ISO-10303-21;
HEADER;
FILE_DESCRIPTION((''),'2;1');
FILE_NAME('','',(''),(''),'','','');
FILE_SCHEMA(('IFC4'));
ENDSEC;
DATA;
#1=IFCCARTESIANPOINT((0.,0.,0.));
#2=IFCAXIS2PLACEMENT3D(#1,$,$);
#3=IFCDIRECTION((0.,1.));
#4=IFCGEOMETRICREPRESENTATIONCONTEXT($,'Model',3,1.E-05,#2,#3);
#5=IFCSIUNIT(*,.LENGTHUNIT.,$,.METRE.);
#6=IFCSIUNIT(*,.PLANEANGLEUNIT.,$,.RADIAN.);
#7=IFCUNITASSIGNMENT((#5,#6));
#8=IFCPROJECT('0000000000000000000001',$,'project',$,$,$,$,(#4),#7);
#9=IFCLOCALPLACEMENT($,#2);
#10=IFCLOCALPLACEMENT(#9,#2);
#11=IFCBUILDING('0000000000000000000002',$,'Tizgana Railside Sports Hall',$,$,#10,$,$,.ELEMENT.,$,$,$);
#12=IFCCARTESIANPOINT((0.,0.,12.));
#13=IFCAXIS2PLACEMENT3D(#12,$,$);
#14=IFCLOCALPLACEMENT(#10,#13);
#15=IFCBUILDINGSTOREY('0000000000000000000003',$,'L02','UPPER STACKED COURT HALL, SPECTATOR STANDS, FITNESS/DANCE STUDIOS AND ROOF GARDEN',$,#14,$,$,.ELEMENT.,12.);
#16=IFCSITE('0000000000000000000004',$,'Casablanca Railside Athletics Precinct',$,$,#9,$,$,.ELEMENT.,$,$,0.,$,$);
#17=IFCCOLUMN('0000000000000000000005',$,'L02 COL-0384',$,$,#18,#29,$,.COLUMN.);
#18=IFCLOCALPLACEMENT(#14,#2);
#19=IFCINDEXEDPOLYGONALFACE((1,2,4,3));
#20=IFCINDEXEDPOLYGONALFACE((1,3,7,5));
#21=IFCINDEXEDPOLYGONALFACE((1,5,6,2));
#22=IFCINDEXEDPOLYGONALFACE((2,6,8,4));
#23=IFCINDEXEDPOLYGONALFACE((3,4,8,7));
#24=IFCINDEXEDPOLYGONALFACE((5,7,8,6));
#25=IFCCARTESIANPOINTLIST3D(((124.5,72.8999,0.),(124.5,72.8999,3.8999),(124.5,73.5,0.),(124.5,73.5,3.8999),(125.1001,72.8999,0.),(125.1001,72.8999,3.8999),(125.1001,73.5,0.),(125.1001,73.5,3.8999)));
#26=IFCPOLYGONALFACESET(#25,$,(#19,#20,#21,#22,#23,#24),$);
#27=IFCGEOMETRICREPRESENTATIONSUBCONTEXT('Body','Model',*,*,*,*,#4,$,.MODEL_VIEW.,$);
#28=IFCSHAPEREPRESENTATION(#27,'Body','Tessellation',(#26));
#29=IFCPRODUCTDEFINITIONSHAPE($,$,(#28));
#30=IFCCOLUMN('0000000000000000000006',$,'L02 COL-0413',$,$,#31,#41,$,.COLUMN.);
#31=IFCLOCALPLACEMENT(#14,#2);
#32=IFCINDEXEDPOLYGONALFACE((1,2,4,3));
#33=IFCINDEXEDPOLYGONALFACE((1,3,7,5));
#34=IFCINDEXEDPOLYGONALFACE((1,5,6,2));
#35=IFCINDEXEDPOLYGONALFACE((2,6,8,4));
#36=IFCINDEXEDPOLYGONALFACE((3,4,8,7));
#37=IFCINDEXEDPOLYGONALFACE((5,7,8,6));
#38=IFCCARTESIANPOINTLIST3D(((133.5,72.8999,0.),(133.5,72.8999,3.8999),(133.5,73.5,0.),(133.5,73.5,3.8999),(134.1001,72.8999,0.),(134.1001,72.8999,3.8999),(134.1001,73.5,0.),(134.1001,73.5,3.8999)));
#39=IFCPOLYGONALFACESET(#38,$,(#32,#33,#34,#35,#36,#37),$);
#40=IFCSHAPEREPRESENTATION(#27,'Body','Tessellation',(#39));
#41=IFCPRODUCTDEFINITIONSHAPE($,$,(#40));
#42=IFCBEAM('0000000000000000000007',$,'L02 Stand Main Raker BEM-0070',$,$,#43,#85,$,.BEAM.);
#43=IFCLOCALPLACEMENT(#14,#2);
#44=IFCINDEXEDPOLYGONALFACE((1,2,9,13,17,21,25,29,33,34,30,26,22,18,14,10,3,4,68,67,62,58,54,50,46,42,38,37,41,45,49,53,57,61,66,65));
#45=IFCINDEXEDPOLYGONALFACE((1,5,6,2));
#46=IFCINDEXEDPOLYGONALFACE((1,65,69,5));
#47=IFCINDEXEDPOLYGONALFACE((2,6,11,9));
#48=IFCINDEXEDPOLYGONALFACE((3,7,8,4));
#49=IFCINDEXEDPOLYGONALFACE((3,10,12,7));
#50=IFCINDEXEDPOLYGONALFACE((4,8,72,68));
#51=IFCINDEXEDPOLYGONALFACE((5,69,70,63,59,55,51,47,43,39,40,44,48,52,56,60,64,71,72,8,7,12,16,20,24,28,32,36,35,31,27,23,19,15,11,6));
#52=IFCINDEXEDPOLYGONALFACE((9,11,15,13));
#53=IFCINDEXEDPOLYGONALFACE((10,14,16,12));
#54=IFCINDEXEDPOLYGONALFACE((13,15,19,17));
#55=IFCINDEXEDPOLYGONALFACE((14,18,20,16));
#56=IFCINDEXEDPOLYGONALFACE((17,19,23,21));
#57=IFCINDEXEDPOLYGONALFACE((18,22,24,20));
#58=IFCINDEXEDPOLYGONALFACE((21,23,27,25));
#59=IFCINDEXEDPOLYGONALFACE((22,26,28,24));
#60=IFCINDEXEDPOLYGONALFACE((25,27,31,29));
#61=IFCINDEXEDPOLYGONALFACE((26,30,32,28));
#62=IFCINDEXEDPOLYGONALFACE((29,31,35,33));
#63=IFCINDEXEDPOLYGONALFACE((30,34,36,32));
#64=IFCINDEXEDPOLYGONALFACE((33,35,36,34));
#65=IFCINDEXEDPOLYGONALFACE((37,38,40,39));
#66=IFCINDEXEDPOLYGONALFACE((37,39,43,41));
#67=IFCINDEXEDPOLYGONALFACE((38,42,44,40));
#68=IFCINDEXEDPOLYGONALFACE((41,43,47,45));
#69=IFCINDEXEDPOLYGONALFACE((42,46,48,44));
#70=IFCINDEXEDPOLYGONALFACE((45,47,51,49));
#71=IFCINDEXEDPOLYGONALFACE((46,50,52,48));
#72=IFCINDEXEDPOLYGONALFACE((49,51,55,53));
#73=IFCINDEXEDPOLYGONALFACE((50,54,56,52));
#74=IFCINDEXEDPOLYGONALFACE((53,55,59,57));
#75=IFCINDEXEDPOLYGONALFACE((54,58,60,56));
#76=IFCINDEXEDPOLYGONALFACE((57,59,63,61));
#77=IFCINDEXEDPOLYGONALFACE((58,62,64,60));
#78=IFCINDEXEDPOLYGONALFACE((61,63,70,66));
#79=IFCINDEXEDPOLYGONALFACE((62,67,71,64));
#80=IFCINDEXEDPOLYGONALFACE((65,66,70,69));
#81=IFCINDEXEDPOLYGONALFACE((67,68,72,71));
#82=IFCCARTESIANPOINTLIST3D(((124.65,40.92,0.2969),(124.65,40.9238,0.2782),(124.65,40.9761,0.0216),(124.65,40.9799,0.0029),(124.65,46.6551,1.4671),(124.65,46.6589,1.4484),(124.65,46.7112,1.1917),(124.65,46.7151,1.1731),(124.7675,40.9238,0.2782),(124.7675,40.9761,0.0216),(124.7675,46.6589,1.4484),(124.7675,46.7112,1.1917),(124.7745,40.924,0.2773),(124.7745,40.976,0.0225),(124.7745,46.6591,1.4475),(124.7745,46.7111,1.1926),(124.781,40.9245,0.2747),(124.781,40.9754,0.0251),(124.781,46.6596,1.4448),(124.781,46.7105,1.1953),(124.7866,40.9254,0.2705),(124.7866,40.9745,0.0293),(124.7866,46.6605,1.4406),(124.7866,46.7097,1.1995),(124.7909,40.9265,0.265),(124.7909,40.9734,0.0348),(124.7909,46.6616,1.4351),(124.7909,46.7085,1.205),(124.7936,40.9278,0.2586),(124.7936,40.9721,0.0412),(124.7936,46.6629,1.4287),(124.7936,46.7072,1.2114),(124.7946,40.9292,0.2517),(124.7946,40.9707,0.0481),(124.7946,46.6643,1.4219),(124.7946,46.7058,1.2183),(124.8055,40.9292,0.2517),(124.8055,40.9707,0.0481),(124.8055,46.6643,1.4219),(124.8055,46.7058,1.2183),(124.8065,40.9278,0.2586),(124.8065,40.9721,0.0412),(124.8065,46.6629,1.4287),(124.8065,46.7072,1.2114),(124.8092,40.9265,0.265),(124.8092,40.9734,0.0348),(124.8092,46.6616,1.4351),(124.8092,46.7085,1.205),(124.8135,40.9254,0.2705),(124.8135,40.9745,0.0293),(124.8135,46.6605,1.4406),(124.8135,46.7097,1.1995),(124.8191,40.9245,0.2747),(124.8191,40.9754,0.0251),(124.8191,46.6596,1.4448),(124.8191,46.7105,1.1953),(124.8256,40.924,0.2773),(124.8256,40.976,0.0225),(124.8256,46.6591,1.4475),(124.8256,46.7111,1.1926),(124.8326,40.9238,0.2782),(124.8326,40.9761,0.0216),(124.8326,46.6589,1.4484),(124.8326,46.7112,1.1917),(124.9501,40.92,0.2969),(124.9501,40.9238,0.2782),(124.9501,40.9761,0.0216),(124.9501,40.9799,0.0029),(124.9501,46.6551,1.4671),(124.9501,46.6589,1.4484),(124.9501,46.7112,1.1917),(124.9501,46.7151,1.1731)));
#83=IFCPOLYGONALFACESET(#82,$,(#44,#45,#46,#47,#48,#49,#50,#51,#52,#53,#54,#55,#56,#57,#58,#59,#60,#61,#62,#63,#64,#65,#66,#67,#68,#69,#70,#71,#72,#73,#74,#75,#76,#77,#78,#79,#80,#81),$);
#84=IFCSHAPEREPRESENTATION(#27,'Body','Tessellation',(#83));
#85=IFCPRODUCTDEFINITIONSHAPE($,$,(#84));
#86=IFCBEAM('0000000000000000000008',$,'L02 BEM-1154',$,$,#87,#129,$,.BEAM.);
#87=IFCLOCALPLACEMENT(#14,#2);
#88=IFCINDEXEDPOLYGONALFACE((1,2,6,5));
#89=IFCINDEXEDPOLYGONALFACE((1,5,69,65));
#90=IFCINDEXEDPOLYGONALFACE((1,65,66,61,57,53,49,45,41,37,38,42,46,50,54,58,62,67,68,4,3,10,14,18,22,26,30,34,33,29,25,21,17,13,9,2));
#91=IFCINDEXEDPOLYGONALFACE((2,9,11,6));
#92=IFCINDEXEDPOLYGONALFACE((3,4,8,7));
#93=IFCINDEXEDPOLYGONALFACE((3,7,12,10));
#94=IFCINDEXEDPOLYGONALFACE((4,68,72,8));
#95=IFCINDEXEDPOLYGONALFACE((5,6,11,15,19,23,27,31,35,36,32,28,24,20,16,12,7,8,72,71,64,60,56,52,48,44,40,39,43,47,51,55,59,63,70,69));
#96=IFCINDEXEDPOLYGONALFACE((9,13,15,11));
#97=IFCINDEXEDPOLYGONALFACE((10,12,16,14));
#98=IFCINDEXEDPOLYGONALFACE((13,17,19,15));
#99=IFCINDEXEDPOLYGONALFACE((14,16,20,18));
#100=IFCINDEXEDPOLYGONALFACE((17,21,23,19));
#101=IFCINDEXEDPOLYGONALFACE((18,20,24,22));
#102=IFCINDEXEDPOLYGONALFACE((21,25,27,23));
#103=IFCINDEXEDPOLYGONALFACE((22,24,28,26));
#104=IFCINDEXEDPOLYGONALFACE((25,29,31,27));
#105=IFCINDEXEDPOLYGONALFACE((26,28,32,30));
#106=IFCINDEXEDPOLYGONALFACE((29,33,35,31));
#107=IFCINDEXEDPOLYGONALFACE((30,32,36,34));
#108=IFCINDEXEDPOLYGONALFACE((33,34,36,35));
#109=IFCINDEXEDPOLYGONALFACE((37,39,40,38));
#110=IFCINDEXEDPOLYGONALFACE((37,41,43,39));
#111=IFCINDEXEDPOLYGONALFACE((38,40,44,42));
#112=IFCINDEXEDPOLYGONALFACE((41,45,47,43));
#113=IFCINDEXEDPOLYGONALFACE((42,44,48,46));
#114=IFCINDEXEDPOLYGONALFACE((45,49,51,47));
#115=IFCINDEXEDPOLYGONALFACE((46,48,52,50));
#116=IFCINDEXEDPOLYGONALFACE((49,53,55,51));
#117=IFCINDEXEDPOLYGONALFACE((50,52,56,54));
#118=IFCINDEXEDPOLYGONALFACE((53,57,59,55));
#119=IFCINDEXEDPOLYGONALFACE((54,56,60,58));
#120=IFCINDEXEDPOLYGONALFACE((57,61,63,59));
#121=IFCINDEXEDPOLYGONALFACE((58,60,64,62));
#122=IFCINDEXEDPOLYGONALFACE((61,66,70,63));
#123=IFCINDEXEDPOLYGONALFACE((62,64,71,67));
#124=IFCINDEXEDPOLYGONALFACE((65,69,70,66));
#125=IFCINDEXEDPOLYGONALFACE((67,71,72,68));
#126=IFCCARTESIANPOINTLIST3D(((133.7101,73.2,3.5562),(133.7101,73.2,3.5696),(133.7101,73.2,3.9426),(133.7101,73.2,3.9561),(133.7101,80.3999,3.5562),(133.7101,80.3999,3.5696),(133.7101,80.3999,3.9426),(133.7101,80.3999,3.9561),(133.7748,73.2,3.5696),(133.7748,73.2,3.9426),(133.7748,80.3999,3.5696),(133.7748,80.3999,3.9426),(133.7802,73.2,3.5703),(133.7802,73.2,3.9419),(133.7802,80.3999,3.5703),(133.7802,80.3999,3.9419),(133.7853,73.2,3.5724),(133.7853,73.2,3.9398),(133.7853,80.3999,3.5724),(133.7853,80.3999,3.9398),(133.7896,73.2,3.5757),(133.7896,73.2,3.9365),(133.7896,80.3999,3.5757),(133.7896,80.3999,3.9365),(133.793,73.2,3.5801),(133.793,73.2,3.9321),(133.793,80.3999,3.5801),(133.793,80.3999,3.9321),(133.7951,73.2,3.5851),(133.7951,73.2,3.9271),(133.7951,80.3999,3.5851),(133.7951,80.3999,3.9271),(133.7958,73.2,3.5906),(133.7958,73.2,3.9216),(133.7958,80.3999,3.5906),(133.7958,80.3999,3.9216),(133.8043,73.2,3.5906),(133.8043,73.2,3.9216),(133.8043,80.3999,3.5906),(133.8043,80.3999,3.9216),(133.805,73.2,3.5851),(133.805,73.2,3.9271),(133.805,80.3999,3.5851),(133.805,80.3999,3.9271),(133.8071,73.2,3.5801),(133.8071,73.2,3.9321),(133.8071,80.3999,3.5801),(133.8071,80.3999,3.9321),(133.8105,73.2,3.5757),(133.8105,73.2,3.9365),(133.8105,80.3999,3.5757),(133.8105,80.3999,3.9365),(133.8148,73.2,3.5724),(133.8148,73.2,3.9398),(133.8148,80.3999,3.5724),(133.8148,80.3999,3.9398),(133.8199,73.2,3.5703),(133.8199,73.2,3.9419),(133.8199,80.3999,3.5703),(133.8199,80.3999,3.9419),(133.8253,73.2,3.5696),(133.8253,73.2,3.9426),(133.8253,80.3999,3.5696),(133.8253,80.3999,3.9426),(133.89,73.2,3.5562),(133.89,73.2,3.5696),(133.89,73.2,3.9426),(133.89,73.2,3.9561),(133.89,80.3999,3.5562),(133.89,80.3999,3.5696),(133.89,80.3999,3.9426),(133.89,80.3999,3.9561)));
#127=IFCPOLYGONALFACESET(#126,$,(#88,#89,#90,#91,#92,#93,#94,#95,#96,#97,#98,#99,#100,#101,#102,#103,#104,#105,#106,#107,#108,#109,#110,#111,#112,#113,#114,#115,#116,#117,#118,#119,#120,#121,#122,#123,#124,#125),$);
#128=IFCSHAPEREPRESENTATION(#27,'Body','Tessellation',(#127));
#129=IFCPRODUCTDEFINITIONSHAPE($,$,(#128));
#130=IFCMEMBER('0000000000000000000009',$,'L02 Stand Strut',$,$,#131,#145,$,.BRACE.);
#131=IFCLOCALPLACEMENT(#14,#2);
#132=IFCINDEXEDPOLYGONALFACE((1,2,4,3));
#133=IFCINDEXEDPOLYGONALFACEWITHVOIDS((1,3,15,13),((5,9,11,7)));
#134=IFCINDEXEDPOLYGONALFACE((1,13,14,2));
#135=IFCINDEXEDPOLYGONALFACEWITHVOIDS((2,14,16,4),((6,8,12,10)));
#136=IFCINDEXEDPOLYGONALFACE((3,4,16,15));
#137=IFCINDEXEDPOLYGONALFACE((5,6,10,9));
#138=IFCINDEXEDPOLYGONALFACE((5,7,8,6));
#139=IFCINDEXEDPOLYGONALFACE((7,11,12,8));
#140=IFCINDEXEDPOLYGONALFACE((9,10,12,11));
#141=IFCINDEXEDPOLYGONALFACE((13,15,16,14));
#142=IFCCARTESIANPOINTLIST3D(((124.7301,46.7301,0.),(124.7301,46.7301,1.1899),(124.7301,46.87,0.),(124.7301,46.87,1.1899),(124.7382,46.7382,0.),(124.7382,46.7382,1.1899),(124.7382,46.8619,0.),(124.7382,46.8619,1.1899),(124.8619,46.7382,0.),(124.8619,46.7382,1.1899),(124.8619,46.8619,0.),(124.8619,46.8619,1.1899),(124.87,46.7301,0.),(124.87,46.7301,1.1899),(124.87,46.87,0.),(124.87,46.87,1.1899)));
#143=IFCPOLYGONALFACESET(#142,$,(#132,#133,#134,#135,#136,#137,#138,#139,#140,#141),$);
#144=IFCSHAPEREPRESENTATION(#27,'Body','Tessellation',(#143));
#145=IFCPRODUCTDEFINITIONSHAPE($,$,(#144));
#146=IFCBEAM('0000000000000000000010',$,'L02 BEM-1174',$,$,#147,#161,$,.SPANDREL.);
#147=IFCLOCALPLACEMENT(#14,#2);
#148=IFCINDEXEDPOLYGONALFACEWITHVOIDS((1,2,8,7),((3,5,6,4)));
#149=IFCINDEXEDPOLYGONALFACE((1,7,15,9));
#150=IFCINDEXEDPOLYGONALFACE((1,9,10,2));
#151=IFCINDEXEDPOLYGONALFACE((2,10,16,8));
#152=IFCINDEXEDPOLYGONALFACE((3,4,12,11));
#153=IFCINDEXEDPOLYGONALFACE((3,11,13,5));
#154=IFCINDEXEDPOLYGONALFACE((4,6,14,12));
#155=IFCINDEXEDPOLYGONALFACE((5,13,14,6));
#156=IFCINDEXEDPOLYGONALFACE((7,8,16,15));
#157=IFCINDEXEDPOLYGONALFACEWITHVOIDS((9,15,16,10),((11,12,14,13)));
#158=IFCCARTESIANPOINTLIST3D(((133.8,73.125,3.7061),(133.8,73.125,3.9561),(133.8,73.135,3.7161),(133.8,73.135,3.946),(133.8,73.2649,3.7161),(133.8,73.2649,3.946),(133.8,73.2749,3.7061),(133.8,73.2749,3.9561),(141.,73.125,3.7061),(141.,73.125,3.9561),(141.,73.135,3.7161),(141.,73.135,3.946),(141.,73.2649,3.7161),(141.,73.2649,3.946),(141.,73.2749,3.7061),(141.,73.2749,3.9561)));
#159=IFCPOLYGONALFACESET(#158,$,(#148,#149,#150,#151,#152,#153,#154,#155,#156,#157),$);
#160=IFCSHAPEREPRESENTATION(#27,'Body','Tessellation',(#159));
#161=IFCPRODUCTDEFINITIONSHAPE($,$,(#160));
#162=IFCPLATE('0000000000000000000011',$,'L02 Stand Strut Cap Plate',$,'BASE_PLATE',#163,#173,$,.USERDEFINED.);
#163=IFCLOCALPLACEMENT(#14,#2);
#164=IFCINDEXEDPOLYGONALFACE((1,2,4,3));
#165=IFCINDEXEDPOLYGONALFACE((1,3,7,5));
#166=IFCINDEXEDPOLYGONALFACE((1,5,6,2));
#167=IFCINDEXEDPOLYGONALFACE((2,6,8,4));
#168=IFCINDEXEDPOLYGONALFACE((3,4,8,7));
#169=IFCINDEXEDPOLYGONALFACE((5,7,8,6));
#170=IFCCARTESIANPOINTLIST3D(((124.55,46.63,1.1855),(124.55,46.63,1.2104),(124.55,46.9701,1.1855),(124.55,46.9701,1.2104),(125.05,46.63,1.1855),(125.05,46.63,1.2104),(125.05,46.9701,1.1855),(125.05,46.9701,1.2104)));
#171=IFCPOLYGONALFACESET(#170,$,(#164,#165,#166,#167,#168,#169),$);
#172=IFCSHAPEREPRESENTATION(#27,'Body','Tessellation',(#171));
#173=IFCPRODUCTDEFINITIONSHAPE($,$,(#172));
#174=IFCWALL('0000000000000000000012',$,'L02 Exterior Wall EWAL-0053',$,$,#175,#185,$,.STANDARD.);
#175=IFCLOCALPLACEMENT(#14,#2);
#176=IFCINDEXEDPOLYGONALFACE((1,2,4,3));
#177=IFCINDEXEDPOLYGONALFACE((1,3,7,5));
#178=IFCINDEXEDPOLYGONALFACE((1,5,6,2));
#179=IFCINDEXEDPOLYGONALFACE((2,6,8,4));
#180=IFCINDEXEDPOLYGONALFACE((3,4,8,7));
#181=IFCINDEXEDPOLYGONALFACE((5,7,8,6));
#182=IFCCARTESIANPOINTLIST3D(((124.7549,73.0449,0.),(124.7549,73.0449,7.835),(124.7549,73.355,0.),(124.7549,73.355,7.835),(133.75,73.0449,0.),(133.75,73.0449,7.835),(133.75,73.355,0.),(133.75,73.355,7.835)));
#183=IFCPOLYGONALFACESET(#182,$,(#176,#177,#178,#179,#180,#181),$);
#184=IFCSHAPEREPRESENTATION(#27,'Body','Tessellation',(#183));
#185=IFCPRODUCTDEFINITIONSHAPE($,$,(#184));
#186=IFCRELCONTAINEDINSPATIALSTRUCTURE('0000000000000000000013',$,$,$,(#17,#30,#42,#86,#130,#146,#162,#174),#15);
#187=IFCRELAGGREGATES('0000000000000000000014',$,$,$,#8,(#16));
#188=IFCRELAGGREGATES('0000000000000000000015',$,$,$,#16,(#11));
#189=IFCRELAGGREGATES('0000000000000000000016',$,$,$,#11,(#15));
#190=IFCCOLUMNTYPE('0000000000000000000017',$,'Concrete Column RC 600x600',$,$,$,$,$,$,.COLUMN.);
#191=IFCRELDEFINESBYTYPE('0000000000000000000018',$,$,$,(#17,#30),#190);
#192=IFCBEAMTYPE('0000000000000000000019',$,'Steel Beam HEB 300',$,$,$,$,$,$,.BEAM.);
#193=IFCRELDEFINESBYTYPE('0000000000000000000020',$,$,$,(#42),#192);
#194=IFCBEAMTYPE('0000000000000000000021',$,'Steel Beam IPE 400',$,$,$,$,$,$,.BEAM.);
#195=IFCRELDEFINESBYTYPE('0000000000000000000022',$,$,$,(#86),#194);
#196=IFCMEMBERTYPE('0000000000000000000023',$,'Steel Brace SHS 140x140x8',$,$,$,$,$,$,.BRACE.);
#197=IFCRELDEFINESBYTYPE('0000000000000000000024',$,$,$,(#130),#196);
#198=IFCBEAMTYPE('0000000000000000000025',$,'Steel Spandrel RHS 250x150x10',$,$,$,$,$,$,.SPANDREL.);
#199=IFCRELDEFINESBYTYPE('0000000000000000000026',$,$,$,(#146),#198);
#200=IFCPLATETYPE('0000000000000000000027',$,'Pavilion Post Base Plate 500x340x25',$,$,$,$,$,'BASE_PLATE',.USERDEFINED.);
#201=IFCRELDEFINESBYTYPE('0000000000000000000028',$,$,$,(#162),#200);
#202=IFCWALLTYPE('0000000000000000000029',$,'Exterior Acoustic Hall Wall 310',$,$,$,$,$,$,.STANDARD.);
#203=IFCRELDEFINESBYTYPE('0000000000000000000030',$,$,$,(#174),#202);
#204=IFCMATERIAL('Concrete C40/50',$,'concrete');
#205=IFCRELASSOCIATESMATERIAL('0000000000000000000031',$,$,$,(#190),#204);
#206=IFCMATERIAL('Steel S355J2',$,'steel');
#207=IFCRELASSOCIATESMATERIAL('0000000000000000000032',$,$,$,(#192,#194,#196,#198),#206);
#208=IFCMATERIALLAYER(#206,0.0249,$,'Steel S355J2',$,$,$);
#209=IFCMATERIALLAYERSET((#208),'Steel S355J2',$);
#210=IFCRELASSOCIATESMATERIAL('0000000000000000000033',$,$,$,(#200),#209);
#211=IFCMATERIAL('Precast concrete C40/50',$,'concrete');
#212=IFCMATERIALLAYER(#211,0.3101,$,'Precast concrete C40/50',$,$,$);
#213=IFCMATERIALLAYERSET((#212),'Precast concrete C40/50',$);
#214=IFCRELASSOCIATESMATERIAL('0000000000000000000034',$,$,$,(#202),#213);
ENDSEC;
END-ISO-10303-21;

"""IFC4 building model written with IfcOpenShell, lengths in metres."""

from ifc_helpers import new_model, si_unit, direction, frame, frame_2d, origin, origin_2d, place, context, subcontext, project, spatial, rectangle, hollow_rectangle, i_section, extrude, material, layer, layer_set, material_profile, profile_set, type_object, element, save


model = new_model("IFC4")

# Units and contexts
model_context = context("Model", 3, precision=1e-05, world=origin(), true_north=direction((0.0, 1.0)))
body_context = subcontext(model_context, "Body", "Model", "MODEL_VIEW")
ifc_project = project(units=[si_unit("LENGTHUNIT", "METRE"), si_unit("PLANEANGLEUNIT", "RADIAN")], contexts=[model_context])

# Site, building, storey
site_placement = place(None, origin())
site = spatial("IfcSite", under=ifc_project, at=site_placement, Name="Casablanca Railside Athletics Precinct", CompositionType="ELEMENT", RefElevation=0.0)
building_placement = place(site_placement, origin())
building = spatial("IfcBuilding", under=site, at=building_placement, Name="Tizgana Railside Sports Hall", CompositionType="ELEMENT")
storey_placement = place(building_placement, frame((0.0, 0.0, 12.0)))
storey = spatial("IfcBuildingStorey", under=building, at=storey_placement, Name="L02", Description="UPPER STACKED COURT HALL, SPECTATOR STANDS, FITNESS/DANCE STUDIOS AND ROOF GARDEN", CompositionType="ELEMENT", Elevation=12.0)

# Columns
ifc_material_1 = material(Name="Concrete C40/50", Category="concrete")
ifc_material_profile_1 = material_profile(ifc_material_1, rectangle(XDim=0.6001, YDim=0.6001, at=origin_2d()), Name="RC 600x600")
ifc_profile_set_1 = profile_set([ifc_material_profile_1], Name="Concrete C40/50")
column_type = type_object("IfcColumnType", Name="Concrete Column RC 600x600", PredefinedType="COLUMN", material=ifc_profile_set_1)
for number, where, z_axis, x_axis, name in (
    (1, (124.8, 73.2, 0.0), (0.0, 0.0, 1.0), (1.0, 0.0, 0.0), "L02 COL-0384"),
    (2, (133.8, 73.2, 0.0), (0.0, 0.0, 1.0), (1.0, 0.0, 0.0), "L02 COL-0413"),
):
    element("IfcColumn", number, at=place(storey_placement, frame(where, z_axis=z_axis, x_axis=x_axis)), inside=storey, type_object=column_type, Name=name, PredefinedType="COLUMN", context=body_context, shape_type="SweptSolid", body=[
        extrude(rectangle(XDim=0.6001, YDim=0.6001, at=origin_2d()), origin(), (0.0, 0.0, 1.0), 3.8999),
    ])

# Beams
ifc_material_2 = material(Name="Steel S355J2", Category="steel")
ifc_material_profile_2 = material_profile(ifc_material_2, i_section(OverallWidth=0.3, OverallDepth=0.3, WebThickness=0.011, FlangeThickness=0.019, FilletRadius=0.0271, at=origin_2d()), Name="HEB 300")
ifc_profile_set_2 = profile_set([ifc_material_profile_2], Name="Steel S355J2")
beam_type_1 = type_object("IfcBeamType", Name="Steel Beam HEB 300", PredefinedType="BEAM", material=ifc_profile_set_2)
beam_1_placement = place(storey_placement, frame((124.8, 40.95, 0.1499), z_axis=(0.0, 0.979813, 0.199917), x_axis=(-1.0, 0.0, 0.0)))
element("IfcBeam", 3, at=beam_1_placement, inside=storey, type_object=beam_type_1, Name="L02 Stand Main Raker BEM-0070", PredefinedType="BEAM", context=body_context, shape_type="SweptSolid", body=[
    extrude(i_section(OverallWidth=0.3, OverallDepth=0.3, WebThickness=0.011, FlangeThickness=0.019, FilletRadius=0.0271, at=origin_2d()), origin(), (0.0, 0.0, 1.0), 5.8533),
])
ifc_material_profile_3 = material_profile(ifc_material_2, i_section(OverallWidth=0.1799, OverallDepth=0.3999, WebThickness=0.0085, FlangeThickness=0.0134, FilletRadius=0.021, at=origin_2d()), Name="IPE 400")
ifc_profile_set_3 = profile_set([ifc_material_profile_3], Name="Steel S355J2")
beam_type_2 = type_object("IfcBeamType", Name="Steel Beam IPE 400", PredefinedType="BEAM", material=ifc_profile_set_3)
beam_2_placement = place(storey_placement, frame((133.8, 73.2, 3.7561), z_axis=(0.0, 1.0, 0.0), x_axis=(-1.0, 0.0, 0.0)))
element("IfcBeam", 4, at=beam_2_placement, inside=storey, type_object=beam_type_2, Name="L02 BEM-1154", PredefinedType="BEAM", context=body_context, shape_type="SweptSolid", body=[
    extrude(i_section(OverallWidth=0.1799, OverallDepth=0.3999, WebThickness=0.0085, FlangeThickness=0.0134, FilletRadius=0.021, at=origin_2d()), origin(), (0.0, 0.0, 1.0), 7.2),
])

# Member
ifc_material_profile_4 = material_profile(ifc_material_2, hollow_rectangle(XDim=0.1399, YDim=0.1399, WallThickness=0.0081, at=origin_2d()), Name="SHS 140x140x8")
ifc_profile_set_4 = profile_set([ifc_material_profile_4], Name="Steel S355J2")
member_type = type_object("IfcMemberType", Name="Steel Brace SHS 140x140x8", PredefinedType="BRACE", material=ifc_profile_set_4)
member_placement = place(storey_placement, frame((124.8, 46.8, 0.0), z_axis=(0.0, 0.0, 1.0), x_axis=(1.0, 0.0, 0.0)))
element("IfcMember", 5, at=member_placement, inside=storey, type_object=member_type, Name="L02 Stand Strut", PredefinedType="BRACE", context=body_context, shape_type="SweptSolid", body=[
    extrude(hollow_rectangle(XDim=0.1399, YDim=0.1399, WallThickness=0.0081, at=origin_2d()), origin(), (0.0, 0.0, 1.0), 1.1899),
])

# Beam
ifc_material_profile_5 = material_profile(ifc_material_2, hollow_rectangle(XDim=0.1499, YDim=0.25, WallThickness=0.01, at=origin_2d()), Name="RHS 250x150x10")
ifc_profile_set_5 = profile_set([ifc_material_profile_5], Name="Steel S355J2")
beam_type_3 = type_object("IfcBeamType", Name="Steel Spandrel RHS 250x150x10", PredefinedType="SPANDREL", material=ifc_profile_set_5)
beam_3_placement = place(storey_placement, frame((133.8, 73.2, 3.8311), z_axis=(1.0, 0.0, 0.0), x_axis=(0.0, 1.0, 0.0)))
element("IfcBeam", 6, at=beam_3_placement, inside=storey, type_object=beam_type_3, Name="L02 BEM-1174", PredefinedType="SPANDREL", context=body_context, shape_type="SweptSolid", body=[
    extrude(hollow_rectangle(XDim=0.1499, YDim=0.25, WallThickness=0.01, at=origin_2d()), origin(), (0.0, 0.0, 1.0), 7.2),
])

# Plate
ifc_layer_1 = layer(ifc_material_2, 0.0249, Name="Steel S355J2")
ifc_layer_set_1 = layer_set([ifc_layer_1], Name="Steel S355J2")
plate_type = type_object("IfcPlateType", Name="Pavilion Post Base Plate 500x340x25", ElementType="BASE_PLATE", PredefinedType="USERDEFINED", material=ifc_layer_set_1)
plate_placement = place(storey_placement, frame((124.8, 46.8, 1.1855), z_axis=(0.0, 0.0, 1.0), x_axis=(1.0, 0.0, 0.0)))
element("IfcPlate", 7, at=plate_placement, inside=storey, type_object=plate_type, Name="L02 Stand Strut Cap Plate", ObjectType="BASE_PLATE", PredefinedType="USERDEFINED", context=body_context, shape_type="SweptSolid", body=[
    extrude(rectangle(XDim=0.5, YDim=0.3401, at=origin_2d()), origin(), (0.0, 0.0, 1.0), 0.0249),
])

# Wall
ifc_material_3 = material(Name="Precast concrete C40/50", Category="concrete")
ifc_layer_2 = layer(ifc_material_3, 0.3101, Name="Precast concrete C40/50")
ifc_layer_set_2 = layer_set([ifc_layer_2], Name="Precast concrete C40/50")
wall_type_1 = type_object("IfcWallType", Name="Exterior Acoustic Hall Wall 310", PredefinedType="STANDARD", material=ifc_layer_set_2)
wall_1_placement = place(storey_placement, frame((124.7549, 73.2, 0.0), z_axis=(0.0, 0.0, 1.0), x_axis=(1.0, 0.0, 0.0)))
element("IfcWall", 8, at=wall_1_placement, inside=storey, type_object=wall_type_1, Name="L02 Exterior Wall EWAL-0053", PredefinedType="STANDARD", context=body_context, shape_type="SweptSolid", body=[
    extrude(rectangle(XDim=8.9951, YDim=0.3101, at=frame_2d((4.4976, 0.0))), origin(), (0.0, 0.0, 1.0), 7.835),
])

save(model, "model.ifc")
